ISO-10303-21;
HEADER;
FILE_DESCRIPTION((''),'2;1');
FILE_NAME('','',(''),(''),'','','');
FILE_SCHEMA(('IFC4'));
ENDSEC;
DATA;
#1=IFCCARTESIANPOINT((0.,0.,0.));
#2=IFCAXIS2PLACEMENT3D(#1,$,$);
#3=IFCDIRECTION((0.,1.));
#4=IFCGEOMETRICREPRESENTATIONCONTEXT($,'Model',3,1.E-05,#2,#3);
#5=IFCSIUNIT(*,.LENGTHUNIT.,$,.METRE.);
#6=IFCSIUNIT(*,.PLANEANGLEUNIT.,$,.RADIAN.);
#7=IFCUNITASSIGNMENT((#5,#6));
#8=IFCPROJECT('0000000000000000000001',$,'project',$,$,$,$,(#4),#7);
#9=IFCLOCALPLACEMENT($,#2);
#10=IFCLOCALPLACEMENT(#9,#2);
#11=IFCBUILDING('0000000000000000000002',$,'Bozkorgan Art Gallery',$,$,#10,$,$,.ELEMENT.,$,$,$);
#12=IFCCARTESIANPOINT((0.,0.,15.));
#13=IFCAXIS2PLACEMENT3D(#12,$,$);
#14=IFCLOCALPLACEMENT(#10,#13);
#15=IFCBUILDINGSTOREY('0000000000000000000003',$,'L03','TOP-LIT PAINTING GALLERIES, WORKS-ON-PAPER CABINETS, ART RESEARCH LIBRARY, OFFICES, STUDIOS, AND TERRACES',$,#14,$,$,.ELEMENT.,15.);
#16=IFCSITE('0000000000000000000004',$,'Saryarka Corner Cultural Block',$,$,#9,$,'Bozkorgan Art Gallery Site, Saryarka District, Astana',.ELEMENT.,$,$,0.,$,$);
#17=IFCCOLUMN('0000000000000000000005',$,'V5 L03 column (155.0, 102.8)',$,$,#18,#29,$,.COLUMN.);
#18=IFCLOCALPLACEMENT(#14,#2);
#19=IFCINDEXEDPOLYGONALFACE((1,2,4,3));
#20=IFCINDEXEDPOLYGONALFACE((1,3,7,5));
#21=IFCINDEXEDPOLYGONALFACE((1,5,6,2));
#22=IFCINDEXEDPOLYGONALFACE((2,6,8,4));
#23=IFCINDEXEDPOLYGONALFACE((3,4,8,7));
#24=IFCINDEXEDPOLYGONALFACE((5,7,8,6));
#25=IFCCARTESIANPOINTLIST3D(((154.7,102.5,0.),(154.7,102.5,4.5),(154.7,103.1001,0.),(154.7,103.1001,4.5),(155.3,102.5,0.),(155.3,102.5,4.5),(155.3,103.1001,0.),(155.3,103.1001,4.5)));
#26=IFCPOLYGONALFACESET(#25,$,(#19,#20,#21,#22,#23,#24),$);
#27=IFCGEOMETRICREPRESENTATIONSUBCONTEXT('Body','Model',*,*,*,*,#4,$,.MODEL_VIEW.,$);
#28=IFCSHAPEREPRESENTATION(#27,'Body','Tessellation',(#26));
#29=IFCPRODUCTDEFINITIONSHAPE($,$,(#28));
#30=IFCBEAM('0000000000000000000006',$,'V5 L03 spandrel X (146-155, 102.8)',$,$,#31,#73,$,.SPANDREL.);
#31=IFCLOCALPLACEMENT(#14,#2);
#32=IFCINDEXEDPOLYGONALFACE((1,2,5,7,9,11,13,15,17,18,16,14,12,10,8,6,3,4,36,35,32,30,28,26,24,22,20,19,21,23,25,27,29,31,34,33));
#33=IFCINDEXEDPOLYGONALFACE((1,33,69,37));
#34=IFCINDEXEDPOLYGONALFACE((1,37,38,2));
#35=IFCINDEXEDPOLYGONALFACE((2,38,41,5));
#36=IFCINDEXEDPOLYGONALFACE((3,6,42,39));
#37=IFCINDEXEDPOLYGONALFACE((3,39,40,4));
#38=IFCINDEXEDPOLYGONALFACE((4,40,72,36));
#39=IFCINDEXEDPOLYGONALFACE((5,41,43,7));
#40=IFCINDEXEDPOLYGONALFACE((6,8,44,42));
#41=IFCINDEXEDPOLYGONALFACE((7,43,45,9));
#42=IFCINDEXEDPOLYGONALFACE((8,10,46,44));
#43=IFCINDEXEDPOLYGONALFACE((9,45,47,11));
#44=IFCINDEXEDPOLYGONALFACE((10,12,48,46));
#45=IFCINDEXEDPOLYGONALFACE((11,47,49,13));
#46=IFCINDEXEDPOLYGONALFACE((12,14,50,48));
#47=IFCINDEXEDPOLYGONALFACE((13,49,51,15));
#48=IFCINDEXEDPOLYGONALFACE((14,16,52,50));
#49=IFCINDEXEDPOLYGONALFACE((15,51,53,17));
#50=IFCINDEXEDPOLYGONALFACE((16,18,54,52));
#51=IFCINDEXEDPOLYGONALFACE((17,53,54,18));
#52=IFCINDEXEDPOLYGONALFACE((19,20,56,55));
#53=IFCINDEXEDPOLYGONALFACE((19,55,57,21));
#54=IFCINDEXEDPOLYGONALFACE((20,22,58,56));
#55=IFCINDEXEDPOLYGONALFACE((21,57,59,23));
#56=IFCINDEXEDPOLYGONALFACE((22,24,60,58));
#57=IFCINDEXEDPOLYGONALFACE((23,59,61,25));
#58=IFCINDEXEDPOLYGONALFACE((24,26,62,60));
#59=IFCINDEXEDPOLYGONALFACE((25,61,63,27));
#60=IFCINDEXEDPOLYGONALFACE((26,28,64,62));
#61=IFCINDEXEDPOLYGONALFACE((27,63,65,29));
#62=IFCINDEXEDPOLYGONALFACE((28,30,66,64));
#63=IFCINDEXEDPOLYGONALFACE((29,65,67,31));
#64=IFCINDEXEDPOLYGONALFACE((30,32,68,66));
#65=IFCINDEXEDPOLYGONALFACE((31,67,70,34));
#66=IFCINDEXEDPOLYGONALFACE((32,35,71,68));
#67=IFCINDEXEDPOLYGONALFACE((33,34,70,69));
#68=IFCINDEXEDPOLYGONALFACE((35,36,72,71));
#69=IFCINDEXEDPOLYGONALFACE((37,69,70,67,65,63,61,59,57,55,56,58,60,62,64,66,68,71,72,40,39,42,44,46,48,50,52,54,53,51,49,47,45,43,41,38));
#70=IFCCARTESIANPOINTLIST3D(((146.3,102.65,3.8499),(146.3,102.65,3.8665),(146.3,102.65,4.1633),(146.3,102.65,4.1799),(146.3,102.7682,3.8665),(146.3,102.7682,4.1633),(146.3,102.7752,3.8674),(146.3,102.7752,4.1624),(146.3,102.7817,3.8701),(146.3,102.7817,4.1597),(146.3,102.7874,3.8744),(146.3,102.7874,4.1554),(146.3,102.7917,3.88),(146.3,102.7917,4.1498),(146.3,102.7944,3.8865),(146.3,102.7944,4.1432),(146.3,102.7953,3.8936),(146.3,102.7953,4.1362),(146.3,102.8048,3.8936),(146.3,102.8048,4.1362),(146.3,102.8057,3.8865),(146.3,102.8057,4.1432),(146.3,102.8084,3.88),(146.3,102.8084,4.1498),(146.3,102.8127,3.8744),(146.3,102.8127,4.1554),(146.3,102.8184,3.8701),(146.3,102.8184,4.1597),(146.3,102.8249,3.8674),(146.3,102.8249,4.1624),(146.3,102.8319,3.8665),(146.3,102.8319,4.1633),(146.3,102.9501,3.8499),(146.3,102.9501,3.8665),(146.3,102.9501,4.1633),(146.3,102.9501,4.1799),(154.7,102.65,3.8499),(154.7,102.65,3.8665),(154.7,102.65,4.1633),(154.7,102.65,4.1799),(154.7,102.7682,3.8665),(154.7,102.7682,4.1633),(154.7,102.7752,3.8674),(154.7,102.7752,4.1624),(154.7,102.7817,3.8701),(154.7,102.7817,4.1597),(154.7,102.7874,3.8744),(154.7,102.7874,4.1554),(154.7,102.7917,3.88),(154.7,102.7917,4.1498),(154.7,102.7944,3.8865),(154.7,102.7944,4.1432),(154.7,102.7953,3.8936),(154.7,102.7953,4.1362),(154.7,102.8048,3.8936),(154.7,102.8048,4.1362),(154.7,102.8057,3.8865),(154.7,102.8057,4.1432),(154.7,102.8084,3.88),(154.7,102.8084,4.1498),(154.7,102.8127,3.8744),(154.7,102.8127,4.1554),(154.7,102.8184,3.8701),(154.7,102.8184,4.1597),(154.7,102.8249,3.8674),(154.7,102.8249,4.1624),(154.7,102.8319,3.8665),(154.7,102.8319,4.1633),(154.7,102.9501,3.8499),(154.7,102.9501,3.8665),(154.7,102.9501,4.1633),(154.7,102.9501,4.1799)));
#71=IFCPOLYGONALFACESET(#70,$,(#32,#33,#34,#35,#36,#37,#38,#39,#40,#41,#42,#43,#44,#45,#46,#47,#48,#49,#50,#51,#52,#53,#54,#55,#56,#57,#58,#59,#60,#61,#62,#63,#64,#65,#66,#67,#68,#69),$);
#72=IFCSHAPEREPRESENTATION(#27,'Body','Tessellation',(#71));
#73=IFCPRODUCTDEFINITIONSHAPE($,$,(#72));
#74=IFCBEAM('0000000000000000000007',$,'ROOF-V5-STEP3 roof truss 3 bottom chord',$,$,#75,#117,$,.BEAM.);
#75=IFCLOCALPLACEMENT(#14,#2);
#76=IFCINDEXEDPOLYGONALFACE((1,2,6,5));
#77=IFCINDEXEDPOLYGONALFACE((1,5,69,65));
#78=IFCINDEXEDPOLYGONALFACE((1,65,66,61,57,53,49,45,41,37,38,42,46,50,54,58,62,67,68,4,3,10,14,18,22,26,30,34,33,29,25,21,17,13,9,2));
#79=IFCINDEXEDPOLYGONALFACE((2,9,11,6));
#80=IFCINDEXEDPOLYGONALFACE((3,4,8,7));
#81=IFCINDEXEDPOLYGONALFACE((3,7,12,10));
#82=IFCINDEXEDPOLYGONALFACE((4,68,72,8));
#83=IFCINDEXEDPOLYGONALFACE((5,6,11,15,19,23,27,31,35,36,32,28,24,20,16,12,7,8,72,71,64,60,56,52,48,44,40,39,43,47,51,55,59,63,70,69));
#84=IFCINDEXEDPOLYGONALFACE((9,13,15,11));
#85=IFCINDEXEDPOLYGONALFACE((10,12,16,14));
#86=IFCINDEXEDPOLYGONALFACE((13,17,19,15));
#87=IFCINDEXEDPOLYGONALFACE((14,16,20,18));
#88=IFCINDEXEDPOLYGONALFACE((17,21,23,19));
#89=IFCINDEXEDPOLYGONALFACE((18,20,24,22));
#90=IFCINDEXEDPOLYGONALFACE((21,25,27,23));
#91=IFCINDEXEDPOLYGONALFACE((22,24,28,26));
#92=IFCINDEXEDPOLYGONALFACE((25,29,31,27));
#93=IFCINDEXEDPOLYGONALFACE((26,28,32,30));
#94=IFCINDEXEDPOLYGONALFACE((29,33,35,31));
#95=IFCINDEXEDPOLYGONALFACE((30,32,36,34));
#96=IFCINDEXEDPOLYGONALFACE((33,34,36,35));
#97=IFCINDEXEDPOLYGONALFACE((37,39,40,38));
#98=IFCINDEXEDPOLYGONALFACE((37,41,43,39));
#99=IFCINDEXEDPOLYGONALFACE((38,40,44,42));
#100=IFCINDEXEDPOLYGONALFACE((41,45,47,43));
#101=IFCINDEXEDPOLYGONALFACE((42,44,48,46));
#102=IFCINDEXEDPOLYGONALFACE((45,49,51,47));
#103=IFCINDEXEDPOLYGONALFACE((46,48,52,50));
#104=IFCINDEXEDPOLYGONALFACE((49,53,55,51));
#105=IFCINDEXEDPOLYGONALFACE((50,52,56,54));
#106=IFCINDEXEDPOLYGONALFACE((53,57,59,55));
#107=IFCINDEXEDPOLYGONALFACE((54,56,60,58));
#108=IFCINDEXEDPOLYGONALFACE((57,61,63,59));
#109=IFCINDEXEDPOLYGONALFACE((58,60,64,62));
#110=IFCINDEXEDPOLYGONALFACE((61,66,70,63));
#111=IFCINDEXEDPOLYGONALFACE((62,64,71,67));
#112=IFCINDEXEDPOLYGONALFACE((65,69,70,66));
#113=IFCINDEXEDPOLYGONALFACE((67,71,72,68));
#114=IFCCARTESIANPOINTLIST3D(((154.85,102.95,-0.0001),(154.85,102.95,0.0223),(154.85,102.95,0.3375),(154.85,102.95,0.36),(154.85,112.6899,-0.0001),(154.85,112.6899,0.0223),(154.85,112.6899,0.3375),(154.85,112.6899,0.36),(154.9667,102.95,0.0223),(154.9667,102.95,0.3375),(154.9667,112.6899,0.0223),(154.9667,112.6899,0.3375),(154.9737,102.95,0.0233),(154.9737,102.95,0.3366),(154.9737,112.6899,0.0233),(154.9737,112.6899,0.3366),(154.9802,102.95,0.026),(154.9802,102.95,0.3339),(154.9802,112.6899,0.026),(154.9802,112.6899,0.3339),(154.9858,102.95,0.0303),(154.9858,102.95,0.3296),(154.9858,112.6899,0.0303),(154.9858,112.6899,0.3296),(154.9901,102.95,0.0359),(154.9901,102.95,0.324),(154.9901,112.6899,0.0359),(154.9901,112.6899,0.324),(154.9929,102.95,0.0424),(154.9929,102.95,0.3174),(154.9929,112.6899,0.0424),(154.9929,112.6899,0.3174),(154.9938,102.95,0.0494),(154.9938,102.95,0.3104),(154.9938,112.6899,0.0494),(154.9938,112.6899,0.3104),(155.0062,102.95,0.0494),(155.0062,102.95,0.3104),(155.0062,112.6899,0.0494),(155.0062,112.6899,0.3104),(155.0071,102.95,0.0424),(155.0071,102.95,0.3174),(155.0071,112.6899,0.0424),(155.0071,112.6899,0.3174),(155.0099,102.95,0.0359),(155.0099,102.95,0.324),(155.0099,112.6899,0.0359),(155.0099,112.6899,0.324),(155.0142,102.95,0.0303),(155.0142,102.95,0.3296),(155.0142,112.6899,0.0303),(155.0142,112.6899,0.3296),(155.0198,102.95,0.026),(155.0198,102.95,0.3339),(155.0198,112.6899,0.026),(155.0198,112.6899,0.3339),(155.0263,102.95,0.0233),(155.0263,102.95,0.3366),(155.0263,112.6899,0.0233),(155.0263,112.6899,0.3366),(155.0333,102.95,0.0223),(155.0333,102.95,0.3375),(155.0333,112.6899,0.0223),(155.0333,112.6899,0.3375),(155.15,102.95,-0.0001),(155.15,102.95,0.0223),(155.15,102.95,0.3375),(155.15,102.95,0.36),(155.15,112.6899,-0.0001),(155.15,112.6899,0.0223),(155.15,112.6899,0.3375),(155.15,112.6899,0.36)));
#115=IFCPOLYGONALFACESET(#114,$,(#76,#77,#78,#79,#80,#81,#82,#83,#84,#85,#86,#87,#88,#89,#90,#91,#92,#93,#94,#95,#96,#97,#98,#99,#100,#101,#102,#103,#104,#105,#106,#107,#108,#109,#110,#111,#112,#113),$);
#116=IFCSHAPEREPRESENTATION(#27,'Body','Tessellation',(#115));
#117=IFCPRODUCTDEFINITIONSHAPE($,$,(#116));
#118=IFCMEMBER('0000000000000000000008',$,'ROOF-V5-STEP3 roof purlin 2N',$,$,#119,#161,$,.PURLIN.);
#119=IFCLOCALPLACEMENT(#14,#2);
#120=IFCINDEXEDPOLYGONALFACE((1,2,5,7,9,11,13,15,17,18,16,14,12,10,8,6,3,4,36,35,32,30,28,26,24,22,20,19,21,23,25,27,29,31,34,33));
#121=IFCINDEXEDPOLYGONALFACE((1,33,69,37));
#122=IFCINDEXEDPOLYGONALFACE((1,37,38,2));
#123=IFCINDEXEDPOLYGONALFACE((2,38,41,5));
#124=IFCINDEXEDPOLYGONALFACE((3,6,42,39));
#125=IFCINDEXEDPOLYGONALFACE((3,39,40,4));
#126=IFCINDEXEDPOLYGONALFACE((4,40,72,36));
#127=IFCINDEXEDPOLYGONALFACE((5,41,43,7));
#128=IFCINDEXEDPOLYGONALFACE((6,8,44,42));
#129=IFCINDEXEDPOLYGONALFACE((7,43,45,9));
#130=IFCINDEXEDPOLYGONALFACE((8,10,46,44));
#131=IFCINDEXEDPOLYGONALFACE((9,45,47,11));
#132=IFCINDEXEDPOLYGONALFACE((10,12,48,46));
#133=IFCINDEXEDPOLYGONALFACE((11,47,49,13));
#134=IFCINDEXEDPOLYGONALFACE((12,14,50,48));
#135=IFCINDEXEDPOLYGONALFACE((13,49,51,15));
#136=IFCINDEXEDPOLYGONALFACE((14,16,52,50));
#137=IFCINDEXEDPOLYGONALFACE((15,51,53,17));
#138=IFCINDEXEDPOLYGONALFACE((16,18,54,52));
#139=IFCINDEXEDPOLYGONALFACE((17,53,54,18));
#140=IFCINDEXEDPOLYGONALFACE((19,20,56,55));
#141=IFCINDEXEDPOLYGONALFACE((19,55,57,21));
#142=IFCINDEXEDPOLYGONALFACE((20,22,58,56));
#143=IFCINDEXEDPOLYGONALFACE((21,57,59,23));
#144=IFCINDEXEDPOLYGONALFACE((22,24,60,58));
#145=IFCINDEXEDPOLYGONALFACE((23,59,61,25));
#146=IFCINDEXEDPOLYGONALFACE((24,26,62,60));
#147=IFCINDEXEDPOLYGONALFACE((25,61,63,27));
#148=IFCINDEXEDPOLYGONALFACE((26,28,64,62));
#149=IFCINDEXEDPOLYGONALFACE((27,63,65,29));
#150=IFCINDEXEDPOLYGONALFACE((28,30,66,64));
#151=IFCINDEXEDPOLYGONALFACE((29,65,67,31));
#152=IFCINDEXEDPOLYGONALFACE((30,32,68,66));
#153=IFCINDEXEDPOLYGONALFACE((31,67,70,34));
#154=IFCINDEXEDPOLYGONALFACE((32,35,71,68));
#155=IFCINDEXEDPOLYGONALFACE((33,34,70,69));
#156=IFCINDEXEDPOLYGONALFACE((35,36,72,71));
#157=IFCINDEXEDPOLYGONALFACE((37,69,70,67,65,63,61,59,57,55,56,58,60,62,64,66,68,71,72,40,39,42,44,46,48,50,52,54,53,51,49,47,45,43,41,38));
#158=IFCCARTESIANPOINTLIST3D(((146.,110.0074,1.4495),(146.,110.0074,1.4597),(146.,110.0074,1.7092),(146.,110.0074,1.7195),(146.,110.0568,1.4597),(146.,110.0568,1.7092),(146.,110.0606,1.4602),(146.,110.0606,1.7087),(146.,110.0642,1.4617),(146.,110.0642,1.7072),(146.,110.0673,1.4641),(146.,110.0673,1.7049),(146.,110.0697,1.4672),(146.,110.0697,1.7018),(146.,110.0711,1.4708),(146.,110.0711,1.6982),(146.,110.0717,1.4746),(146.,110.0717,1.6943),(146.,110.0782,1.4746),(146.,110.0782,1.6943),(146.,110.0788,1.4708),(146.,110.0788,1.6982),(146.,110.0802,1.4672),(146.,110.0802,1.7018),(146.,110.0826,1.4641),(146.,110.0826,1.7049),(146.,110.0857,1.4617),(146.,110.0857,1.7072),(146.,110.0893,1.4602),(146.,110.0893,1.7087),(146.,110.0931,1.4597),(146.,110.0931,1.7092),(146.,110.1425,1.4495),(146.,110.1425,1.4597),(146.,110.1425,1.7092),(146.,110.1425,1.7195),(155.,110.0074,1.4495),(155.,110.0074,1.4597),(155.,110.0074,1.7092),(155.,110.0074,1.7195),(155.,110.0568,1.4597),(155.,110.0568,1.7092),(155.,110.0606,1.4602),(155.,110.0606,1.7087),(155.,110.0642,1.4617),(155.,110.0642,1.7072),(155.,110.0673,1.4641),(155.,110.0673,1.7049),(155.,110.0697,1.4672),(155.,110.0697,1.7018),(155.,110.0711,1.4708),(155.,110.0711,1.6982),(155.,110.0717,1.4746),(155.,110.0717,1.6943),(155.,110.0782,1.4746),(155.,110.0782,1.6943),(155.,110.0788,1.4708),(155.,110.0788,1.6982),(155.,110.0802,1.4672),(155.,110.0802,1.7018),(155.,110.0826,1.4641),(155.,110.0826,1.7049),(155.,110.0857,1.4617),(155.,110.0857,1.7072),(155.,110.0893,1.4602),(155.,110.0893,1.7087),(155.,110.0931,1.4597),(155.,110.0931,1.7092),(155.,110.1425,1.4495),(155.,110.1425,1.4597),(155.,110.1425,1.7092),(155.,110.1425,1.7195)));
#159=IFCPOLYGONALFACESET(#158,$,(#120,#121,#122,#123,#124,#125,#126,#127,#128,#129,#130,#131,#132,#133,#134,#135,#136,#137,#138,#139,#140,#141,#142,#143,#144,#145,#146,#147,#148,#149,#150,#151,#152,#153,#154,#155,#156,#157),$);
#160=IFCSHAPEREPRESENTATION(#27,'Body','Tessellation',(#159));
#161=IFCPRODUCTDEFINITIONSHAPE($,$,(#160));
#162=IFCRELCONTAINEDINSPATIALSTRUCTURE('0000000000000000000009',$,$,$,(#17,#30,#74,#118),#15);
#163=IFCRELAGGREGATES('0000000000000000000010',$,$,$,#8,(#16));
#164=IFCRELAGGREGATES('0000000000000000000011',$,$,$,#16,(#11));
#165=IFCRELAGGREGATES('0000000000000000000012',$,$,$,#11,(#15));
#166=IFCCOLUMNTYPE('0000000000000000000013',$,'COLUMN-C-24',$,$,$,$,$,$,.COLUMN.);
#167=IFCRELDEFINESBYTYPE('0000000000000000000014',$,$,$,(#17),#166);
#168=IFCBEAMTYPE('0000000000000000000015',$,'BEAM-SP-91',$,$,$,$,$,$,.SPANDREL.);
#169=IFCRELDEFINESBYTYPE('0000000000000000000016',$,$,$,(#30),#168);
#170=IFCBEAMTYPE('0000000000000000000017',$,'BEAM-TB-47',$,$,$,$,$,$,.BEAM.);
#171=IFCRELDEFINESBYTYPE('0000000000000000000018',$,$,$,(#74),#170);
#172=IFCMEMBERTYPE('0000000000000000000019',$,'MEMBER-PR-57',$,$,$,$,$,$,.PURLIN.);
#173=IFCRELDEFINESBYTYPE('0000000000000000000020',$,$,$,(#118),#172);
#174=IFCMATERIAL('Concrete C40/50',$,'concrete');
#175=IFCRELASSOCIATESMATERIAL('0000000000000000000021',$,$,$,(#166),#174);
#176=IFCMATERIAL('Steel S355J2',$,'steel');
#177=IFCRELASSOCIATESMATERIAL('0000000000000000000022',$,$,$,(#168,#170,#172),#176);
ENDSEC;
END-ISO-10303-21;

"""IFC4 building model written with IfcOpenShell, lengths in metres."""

from ifc_helpers import new_model, si_unit, direction, frame, origin, origin_2d, place, context, subcontext, project, spatial, rectangle, i_section, extrude, material, material_profile, profile_set, type_object, element, save


model = new_model("IFC4")

# Units and contexts
model_context = context("Model", 3, precision=1e-05, world=origin(), true_north=direction((0.0, 1.0)))
body_context = subcontext(model_context, "Body", "Model", "MODEL_VIEW")
ifc_project = project(units=[si_unit("LENGTHUNIT", "METRE"), si_unit("PLANEANGLEUNIT", "RADIAN")], contexts=[model_context])

# Site, building, storey
site_placement = place(None, origin())
site = spatial("IfcSite", under=ifc_project, at=site_placement, Name="Saryarka Corner Cultural Block", LongName="Bozkorgan Art Gallery Site, Saryarka District, Astana", CompositionType="ELEMENT", RefElevation=0.0)
building_placement = place(site_placement, origin())
building = spatial("IfcBuilding", under=site, at=building_placement, Name="Bozkorgan Art Gallery", CompositionType="ELEMENT")
storey_placement = place(building_placement, frame((0.0, 0.0, 15.0)))
storey = spatial("IfcBuildingStorey", under=building, at=storey_placement, Name="L03", Description="TOP-LIT PAINTING GALLERIES, WORKS-ON-PAPER CABINETS, ART RESEARCH LIBRARY, OFFICES, STUDIOS, AND TERRACES", CompositionType="ELEMENT", Elevation=15.0)

# Column
ifc_material_1 = material(Name="Concrete C40/50", Category="concrete")
ifc_material_profile_1 = material_profile(ifc_material_1, rectangle(XDim=0.6001, YDim=0.6001, at=origin_2d()), Name="RC 600x600")
ifc_profile_set_1 = profile_set([ifc_material_profile_1], Name="Concrete C40/50")
column_type = type_object("IfcColumnType", Name="COLUMN-C-24", PredefinedType="COLUMN", material=ifc_profile_set_1)
column_placement = place(storey_placement, frame((155.0, 102.8, 0.0), z_axis=(0.0, 0.0, 1.0), x_axis=(1.0, 0.0, 0.0)))
element("IfcColumn", 1, at=column_placement, inside=storey, type_object=column_type, Name="V5 L03 column (155.0, 102.8)", PredefinedType="COLUMN", context=body_context, shape_type="SweptSolid", body=[
    extrude(rectangle(XDim=0.6001, YDim=0.6001, at=origin_2d()), origin(), (0.0, 0.0, 1.0), 4.5),
])

# Beams
ifc_material_2 = material(Name="Steel S355J2", Category="steel")
ifc_material_profile_2 = material_profile(ifc_material_2, i_section(OverallWidth=0.3, OverallDepth=0.3301, WebThickness=0.0095, FlangeThickness=0.0166, FilletRadius=0.0271, at=origin_2d()), Name="HEA 340")
ifc_profile_set_2 = profile_set([ifc_material_profile_2], Name="Steel S355J2")
beam_type_1 = type_object("IfcBeamType", Name="BEAM-SP-91", PredefinedType="SPANDREL", material=ifc_profile_set_2)
beam_1_placement = place(storey_placement, frame((146.3, 102.8, 4.0149), z_axis=(1.0, 0.0, 0.0), x_axis=(0.0, 1.0, 0.0)))
element("IfcBeam", 2, at=beam_1_placement, inside=storey, type_object=beam_type_1, Name="V5 L03 spandrel X (146-155, 102.8)", PredefinedType="SPANDREL", context=body_context, shape_type="SweptSolid", body=[
    extrude(i_section(OverallWidth=0.3, OverallDepth=0.3301, WebThickness=0.0095, FlangeThickness=0.0166, FilletRadius=0.0271, at=origin_2d()), origin(), (0.0, 0.0, 1.0), 8.3999),
])
ifc_material_profile_3 = material_profile(ifc_material_2, i_section(OverallWidth=0.3, OverallDepth=0.3601, WebThickness=0.0125, FlangeThickness=0.0225, FilletRadius=0.0271, at=origin_2d()), Name="HEB 360")
ifc_profile_set_3 = profile_set([ifc_material_profile_3], Name="Steel S355J2")
beam_type_2 = type_object("IfcBeamType", Name="BEAM-TB-47", PredefinedType="BEAM", material=ifc_profile_set_3)
beam_2_placement = place(storey_placement, frame((155.0, 102.95, 0.1799), z_axis=(0.0, 1.0, 0.0), x_axis=(-1.0, 0.0, 0.0)))
element("IfcBeam", 3, at=beam_2_placement, inside=storey, type_object=beam_type_2, Name="ROOF-V5-STEP3 roof truss 3 bottom chord", PredefinedType="BEAM", context=body_context, shape_type="SweptSolid", body=[
    extrude(i_section(OverallWidth=0.3, OverallDepth=0.3601, WebThickness=0.0125, FlangeThickness=0.0225, FilletRadius=0.0271, at=origin_2d()), origin(), (0.0, 0.0, 1.0), 9.74),
])

# Member
ifc_material_profile_4 = material_profile(ifc_material_2, i_section(OverallWidth=0.135, OverallDepth=0.27, WebThickness=0.0066, FlangeThickness=0.0103, FilletRadius=0.0149, at=origin_2d()), Name="IPE 270")
ifc_profile_set_4 = profile_set([ifc_material_profile_4], Name="Steel S355J2")
member_type_1 = type_object("IfcMemberType", Name="MEMBER-PR-57", PredefinedType="PURLIN", material=ifc_profile_set_4)
member_1_placement = place(storey_placement, frame((146.0, 110.075, 1.5845), z_axis=(1.0, 0.0, 0.0), x_axis=(0.0, 1.0, 0.0)))
element("IfcMember", 4, at=member_1_placement, inside=storey, type_object=member_type_1, Name="ROOF-V5-STEP3 roof purlin 2N", PredefinedType="PURLIN", context=body_context, shape_type="SweptSolid", body=[
    extrude(i_section(OverallWidth=0.135, OverallDepth=0.27, WebThickness=0.0066, FlangeThickness=0.0103, FilletRadius=0.0149, at=origin_2d()), origin(), (0.0, 0.0, 1.0), 9.0),
])

save(model, "model.ifc")
